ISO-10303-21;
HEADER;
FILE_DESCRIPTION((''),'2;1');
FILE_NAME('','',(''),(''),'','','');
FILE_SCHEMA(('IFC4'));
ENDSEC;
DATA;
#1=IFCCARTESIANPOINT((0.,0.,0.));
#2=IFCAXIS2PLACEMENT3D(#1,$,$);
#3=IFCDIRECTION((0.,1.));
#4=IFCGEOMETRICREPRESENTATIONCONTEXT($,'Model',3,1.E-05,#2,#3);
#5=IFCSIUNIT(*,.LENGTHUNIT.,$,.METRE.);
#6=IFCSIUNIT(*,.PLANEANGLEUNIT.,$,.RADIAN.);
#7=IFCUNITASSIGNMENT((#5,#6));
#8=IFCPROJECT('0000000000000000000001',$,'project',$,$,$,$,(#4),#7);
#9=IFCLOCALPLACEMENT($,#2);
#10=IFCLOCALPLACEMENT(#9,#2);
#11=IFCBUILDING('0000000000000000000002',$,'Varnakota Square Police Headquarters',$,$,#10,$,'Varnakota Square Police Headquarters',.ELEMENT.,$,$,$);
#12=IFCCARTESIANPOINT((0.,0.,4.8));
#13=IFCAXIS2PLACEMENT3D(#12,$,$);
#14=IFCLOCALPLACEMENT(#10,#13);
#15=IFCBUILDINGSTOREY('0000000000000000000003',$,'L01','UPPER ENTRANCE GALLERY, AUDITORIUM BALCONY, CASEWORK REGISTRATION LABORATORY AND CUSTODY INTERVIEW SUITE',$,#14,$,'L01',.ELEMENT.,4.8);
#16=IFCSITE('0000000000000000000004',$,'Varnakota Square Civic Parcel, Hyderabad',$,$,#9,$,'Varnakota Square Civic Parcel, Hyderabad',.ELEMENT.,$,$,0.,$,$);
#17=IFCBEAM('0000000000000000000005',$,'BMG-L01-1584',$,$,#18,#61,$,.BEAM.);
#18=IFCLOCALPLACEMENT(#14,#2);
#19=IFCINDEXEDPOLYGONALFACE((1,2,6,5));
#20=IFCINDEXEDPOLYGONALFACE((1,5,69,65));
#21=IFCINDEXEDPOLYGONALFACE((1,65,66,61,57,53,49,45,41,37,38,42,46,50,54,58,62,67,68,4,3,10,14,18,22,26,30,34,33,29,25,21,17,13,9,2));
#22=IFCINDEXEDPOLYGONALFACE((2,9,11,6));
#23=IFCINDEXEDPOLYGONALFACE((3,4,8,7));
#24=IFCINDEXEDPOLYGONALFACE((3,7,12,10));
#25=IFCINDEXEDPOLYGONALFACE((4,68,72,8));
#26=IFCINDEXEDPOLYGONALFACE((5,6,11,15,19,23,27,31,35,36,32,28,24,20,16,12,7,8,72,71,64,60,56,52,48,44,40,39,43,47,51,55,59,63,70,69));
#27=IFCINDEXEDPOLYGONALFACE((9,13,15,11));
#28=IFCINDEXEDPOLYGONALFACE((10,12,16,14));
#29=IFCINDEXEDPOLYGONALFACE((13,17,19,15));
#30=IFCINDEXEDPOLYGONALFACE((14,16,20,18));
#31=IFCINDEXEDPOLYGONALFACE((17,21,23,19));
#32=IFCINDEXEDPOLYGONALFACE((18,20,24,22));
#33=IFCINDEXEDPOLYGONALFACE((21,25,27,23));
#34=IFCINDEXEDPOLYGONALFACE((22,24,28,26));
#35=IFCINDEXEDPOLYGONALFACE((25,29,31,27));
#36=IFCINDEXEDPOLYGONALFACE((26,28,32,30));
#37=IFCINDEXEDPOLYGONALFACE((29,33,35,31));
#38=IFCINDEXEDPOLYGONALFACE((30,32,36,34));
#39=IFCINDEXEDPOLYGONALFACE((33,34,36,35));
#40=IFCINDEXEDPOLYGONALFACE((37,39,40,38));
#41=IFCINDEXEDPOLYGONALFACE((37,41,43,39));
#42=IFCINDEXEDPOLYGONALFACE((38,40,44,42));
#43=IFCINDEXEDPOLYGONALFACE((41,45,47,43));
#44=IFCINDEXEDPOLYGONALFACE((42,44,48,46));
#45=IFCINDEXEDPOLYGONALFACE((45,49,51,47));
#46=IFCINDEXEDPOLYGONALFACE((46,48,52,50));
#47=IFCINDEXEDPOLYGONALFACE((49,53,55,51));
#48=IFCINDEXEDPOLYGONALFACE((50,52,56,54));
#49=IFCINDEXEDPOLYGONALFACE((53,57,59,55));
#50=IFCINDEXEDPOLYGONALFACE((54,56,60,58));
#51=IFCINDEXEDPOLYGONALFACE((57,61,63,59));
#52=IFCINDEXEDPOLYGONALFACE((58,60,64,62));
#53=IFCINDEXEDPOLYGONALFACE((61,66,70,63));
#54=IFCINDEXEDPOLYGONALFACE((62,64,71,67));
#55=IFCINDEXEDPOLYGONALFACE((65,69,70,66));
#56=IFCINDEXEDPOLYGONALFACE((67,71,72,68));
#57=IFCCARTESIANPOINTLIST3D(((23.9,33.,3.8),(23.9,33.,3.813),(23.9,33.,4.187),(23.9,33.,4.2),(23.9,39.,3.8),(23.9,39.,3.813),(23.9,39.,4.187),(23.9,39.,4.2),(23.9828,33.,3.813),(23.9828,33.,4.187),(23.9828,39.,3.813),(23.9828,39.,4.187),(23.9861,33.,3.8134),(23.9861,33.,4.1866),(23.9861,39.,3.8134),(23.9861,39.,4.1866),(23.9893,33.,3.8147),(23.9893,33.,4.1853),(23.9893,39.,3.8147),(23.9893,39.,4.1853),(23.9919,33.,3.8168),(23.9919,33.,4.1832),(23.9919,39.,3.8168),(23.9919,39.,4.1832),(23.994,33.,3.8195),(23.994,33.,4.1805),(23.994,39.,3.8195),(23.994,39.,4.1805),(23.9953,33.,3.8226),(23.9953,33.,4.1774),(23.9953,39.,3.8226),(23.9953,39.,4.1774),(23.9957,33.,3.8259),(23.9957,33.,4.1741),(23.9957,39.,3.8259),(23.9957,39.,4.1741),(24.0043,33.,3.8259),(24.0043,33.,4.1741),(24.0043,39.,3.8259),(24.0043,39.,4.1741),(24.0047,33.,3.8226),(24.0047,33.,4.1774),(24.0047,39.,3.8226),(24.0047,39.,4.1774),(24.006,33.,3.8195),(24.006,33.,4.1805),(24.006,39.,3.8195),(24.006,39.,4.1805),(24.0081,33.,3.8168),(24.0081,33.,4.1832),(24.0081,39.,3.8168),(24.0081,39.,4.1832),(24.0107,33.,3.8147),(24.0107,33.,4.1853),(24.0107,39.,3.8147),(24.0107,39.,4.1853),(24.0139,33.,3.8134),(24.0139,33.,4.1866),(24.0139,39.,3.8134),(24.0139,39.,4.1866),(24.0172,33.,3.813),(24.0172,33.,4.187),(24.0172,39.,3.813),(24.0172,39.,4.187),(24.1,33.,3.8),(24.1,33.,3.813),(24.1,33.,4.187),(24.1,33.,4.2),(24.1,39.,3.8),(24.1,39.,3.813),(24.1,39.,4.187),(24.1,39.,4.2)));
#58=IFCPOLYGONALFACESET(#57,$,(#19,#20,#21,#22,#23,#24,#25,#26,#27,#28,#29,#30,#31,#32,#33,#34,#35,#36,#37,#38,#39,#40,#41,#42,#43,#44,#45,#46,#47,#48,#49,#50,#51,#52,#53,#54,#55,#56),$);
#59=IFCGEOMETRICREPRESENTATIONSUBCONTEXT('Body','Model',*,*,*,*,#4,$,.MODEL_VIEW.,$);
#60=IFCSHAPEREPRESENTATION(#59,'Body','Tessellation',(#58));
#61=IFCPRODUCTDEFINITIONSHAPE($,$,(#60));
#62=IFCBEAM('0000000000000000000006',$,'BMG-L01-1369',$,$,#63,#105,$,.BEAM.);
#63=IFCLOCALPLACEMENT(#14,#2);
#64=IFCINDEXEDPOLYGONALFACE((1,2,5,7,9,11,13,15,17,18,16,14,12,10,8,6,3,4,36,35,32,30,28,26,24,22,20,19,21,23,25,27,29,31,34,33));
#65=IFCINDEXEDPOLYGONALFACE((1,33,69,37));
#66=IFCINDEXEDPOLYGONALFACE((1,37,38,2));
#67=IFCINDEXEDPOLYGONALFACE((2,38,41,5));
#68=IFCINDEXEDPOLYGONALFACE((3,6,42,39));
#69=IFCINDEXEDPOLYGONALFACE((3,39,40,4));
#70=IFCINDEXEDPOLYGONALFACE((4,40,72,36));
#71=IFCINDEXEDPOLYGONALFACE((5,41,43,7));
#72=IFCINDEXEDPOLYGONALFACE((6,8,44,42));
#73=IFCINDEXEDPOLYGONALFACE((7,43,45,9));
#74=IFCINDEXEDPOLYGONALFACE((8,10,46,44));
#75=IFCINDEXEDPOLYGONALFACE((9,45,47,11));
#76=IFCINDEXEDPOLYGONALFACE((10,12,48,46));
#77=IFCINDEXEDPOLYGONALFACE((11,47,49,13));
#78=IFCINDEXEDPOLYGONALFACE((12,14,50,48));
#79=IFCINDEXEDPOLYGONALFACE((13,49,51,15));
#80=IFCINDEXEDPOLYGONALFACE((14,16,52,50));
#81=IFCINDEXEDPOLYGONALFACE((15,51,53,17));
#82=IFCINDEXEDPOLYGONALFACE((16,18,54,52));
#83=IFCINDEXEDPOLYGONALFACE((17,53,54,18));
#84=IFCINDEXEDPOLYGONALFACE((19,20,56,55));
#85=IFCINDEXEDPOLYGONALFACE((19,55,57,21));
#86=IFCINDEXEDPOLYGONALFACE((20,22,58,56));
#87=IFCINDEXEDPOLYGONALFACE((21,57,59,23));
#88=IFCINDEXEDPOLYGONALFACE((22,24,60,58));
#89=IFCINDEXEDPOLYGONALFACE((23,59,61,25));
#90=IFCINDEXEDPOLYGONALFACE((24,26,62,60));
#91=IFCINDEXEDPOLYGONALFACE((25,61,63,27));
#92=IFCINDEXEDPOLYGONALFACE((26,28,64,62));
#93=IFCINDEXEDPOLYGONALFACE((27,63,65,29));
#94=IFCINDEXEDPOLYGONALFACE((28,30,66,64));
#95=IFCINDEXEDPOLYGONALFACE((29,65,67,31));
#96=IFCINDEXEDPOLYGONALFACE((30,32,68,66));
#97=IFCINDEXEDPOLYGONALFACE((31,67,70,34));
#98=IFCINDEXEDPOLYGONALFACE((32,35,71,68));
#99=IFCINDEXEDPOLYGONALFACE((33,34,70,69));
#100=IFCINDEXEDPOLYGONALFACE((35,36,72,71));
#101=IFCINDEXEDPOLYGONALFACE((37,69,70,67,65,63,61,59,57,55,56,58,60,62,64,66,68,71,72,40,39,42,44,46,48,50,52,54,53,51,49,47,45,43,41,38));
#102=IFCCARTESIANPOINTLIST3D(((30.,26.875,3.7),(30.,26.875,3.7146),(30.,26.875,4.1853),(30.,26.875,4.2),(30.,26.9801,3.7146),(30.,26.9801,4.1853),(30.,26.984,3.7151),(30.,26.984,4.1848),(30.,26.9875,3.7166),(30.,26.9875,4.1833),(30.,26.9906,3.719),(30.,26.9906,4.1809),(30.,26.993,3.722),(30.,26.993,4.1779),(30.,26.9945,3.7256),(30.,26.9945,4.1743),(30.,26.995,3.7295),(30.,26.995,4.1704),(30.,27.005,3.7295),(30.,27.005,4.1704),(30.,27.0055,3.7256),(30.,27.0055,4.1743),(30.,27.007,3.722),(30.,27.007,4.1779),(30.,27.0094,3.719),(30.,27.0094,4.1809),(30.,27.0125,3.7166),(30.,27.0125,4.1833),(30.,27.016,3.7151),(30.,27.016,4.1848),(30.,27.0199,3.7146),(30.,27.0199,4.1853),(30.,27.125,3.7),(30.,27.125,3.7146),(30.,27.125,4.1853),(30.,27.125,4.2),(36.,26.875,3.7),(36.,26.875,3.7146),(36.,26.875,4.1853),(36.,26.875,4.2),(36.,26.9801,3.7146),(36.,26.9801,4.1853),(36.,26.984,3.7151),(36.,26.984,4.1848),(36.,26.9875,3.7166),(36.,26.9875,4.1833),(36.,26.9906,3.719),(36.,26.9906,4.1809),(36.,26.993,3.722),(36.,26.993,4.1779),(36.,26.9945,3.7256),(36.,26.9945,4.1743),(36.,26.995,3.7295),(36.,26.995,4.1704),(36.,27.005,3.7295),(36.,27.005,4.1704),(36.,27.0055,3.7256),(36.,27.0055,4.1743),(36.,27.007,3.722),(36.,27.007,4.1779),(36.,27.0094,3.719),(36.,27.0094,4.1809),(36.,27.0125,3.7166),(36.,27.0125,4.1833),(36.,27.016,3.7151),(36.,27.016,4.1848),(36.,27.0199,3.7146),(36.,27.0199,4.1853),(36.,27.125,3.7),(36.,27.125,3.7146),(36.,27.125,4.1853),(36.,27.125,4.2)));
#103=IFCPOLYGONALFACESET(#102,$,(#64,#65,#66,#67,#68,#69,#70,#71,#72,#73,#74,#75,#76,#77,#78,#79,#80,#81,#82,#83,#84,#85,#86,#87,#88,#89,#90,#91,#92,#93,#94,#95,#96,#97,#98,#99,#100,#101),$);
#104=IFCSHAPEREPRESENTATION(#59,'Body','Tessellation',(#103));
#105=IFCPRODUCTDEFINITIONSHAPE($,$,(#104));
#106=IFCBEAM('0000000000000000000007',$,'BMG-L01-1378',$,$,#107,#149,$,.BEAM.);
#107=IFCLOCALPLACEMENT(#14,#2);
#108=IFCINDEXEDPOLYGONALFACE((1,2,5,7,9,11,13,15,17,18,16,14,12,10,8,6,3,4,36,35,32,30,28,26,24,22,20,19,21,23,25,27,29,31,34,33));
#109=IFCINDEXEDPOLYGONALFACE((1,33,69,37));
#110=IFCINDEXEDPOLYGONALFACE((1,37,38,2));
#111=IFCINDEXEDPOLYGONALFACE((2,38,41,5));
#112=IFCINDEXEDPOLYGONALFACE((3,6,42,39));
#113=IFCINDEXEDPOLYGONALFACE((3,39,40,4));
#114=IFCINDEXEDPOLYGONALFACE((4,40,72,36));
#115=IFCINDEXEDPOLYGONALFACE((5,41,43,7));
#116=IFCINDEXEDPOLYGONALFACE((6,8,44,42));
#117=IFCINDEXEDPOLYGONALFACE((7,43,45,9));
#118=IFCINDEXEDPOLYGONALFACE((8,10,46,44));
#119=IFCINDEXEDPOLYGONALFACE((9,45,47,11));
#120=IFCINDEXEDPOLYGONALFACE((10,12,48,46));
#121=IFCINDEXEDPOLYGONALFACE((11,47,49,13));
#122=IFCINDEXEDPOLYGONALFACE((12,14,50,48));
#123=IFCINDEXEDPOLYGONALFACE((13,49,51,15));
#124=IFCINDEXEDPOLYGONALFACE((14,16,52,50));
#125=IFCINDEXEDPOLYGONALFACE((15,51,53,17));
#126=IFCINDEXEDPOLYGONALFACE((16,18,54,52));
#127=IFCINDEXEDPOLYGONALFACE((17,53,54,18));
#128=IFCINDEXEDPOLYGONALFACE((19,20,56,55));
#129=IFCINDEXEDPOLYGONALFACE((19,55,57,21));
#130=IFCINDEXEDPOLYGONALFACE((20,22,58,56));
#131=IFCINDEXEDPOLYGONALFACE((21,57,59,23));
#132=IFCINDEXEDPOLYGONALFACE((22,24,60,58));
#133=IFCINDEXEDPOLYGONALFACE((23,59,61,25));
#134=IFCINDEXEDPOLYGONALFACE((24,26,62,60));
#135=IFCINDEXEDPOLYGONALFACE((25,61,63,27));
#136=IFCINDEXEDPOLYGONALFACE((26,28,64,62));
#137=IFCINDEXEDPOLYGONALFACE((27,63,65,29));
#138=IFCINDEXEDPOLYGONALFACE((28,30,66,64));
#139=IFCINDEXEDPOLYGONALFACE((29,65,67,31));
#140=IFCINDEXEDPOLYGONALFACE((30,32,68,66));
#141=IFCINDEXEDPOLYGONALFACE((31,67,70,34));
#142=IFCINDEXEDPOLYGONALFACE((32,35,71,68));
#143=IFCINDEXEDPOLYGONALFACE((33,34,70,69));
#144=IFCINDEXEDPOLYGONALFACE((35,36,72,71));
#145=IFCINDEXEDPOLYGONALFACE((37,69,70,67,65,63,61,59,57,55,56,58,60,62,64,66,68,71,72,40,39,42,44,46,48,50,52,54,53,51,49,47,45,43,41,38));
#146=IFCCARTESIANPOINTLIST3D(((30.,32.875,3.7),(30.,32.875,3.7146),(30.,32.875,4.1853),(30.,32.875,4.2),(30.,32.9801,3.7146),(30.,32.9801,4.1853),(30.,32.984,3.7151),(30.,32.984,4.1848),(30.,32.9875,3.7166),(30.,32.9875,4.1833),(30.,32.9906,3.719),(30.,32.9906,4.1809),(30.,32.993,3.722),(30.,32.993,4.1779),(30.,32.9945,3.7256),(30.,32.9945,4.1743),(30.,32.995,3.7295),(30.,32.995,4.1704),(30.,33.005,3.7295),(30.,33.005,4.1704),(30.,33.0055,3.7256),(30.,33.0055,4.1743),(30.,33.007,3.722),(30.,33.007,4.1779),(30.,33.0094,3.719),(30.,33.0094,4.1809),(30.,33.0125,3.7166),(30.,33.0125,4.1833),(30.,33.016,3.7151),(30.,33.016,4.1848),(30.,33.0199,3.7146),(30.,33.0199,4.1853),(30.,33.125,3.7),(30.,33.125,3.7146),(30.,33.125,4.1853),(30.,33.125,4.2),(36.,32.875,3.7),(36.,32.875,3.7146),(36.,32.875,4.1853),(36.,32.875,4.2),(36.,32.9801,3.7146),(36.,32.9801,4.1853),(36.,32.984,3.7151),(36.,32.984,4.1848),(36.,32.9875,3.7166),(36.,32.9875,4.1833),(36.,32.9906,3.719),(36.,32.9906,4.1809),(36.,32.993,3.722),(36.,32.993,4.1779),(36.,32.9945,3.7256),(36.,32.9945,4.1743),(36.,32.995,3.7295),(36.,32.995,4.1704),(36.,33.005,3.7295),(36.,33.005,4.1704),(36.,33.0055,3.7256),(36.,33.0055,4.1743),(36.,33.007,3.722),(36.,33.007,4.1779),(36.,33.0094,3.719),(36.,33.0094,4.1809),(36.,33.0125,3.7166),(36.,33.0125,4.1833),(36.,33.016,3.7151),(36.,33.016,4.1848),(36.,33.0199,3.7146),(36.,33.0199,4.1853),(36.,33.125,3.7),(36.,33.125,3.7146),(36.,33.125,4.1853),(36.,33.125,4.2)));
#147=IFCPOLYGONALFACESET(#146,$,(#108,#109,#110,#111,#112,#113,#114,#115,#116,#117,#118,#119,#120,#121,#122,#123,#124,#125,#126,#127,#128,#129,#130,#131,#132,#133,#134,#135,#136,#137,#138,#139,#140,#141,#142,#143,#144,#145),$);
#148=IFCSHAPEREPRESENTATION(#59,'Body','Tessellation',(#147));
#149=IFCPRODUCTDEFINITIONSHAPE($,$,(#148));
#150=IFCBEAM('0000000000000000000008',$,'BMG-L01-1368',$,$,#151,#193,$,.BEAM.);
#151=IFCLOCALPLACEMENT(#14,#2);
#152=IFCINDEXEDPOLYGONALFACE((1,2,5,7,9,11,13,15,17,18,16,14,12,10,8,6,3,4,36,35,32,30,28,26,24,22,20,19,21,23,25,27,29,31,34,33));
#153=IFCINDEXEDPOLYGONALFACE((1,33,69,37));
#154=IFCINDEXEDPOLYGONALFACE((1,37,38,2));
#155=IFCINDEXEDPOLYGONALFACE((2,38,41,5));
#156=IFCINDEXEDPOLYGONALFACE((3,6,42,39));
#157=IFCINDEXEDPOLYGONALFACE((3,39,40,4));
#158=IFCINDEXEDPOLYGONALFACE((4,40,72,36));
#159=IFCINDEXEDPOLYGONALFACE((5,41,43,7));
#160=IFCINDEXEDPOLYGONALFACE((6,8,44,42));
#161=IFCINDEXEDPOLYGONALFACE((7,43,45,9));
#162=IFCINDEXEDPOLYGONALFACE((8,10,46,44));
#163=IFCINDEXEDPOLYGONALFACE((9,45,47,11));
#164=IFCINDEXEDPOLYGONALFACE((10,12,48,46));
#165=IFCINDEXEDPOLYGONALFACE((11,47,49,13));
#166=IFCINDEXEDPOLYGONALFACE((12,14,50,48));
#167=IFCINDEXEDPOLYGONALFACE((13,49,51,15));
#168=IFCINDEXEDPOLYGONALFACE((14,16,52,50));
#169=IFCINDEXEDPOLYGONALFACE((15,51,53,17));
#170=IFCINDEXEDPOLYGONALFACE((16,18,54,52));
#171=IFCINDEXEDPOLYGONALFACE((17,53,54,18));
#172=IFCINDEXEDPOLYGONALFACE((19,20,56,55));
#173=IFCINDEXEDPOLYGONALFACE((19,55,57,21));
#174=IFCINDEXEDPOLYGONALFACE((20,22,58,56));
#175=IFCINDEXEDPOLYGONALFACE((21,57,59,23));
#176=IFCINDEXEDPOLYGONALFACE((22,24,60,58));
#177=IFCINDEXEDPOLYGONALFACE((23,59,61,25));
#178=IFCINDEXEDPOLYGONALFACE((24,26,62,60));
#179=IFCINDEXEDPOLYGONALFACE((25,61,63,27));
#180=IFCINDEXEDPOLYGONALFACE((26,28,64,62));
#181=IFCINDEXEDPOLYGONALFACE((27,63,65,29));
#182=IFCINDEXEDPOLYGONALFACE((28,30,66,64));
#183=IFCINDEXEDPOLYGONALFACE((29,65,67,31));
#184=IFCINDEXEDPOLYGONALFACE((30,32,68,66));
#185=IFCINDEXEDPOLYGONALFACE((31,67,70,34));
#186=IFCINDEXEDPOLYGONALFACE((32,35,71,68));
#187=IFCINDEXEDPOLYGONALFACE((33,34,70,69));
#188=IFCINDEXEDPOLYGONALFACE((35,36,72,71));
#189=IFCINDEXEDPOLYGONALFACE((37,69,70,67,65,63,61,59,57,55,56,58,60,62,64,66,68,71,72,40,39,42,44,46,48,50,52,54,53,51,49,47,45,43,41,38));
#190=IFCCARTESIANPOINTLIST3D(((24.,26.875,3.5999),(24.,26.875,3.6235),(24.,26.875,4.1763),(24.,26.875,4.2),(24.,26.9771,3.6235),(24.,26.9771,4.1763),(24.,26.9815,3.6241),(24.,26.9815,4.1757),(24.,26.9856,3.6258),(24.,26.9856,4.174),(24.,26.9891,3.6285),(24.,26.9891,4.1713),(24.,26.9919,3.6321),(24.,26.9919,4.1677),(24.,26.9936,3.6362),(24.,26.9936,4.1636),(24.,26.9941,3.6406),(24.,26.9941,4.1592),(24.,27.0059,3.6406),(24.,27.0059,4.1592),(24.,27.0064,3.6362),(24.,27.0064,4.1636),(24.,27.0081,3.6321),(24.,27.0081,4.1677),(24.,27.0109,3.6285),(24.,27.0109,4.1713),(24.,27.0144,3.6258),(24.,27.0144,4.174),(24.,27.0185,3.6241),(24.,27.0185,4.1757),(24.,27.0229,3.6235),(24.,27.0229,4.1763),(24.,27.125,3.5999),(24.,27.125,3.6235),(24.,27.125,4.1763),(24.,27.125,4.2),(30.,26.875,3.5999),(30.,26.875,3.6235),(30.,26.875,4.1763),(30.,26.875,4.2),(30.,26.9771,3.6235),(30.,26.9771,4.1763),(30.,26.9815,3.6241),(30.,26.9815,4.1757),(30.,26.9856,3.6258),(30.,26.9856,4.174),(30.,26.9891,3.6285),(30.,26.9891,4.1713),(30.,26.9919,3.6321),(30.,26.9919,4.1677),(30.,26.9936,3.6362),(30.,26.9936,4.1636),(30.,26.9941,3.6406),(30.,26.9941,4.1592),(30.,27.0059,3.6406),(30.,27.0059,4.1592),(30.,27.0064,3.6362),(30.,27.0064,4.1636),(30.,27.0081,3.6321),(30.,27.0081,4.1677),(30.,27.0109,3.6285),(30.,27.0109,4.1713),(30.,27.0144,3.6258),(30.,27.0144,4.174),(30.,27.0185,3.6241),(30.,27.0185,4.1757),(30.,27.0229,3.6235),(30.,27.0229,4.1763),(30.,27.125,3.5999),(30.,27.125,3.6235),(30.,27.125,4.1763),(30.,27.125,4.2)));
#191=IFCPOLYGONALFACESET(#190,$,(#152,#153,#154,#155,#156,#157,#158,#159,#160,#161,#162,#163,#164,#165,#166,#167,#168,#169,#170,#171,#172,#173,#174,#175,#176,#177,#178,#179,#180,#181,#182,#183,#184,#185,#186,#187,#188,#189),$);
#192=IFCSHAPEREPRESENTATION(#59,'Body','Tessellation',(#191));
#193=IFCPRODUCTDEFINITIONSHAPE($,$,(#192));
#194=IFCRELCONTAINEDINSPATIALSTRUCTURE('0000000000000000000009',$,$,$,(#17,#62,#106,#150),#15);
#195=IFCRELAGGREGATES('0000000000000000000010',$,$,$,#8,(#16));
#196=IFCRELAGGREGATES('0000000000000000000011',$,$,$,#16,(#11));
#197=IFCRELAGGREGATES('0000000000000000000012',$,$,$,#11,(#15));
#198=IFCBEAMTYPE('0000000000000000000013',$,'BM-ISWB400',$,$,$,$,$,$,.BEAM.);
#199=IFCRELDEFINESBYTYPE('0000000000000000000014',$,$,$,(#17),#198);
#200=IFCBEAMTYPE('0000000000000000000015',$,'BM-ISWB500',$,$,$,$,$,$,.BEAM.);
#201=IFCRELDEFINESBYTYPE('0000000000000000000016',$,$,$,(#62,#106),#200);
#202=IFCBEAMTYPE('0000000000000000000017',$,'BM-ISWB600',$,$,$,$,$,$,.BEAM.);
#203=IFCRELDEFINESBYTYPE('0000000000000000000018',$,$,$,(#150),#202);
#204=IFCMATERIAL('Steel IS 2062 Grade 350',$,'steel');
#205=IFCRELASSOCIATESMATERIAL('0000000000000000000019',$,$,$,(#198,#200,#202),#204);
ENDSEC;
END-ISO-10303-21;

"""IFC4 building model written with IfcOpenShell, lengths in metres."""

from ifc_helpers import new_model, si_unit, direction, frame, origin, origin_2d, place, context, subcontext, project, spatial, i_section, extrude, material, material_profile, profile_set, type_object, element, save


model = new_model("IFC4")

# Units and contexts
model_context = context("Model", 3, precision=1e-05, world=origin(), true_north=direction((0.0, 1.0)))
body_context = subcontext(model_context, "Body", "Model", "MODEL_VIEW")
ifc_project = project(units=[si_unit("LENGTHUNIT", "METRE"), si_unit("PLANEANGLEUNIT", "RADIAN")], contexts=[model_context])

# Site, building, storey
site_placement = place(None, origin())
site = spatial("IfcSite", under=ifc_project, at=site_placement, Name="Varnakota Square Civic Parcel, Hyderabad", LongName="Varnakota Square Civic Parcel, Hyderabad", CompositionType="ELEMENT", RefElevation=0.0)
building_placement = place(site_placement, origin())
building = spatial("IfcBuilding", under=site, at=building_placement, Name="Varnakota Square Police Headquarters", LongName="Varnakota Square Police Headquarters", CompositionType="ELEMENT")
storey_placement = place(building_placement, frame((0.0, 0.0, 4.8)))
storey = spatial("IfcBuildingStorey", under=building, at=storey_placement, Name="L01", Description="UPPER ENTRANCE GALLERY, AUDITORIUM BALCONY, CASEWORK REGISTRATION LABORATORY AND CUSTODY INTERVIEW SUITE", LongName="L01", CompositionType="ELEMENT", Elevation=4.8)

# Shared definitions
ifc_material_1 = material(Name="Steel IS 2062 Grade 350", Category="steel")

# Beams
ifc_material_profile_1 = material_profile(ifc_material_1, i_section(OverallWidth=0.2, OverallDepth=0.3999, WebThickness=0.0085, FlangeThickness=0.0129, FilletRadius=0.0129, at=origin_2d()), Name="ISWB 400")
ifc_profile_set_1 = profile_set([ifc_material_profile_1], Name="Steel IS 2062 Grade 350")
beam_type_1 = type_object("IfcBeamType", Name="BM-ISWB400", PredefinedType="BEAM", material=ifc_profile_set_1)
for number, where, z_axis, x_axis, name in (
    (1, (24.0, 33.0, 4.0), (0.0, 1.0, 0.0), (-1.0, 0.0, 0.0), "BMG-L01-1584"),
):
    element("IfcBeam", number, at=place(storey_placement, frame(where, z_axis=z_axis, x_axis=x_axis)), inside=storey, type_object=beam_type_1, Name=name, PredefinedType="BEAM", context=body_context, shape_type="SweptSolid", body=[
        extrude(i_section(OverallWidth=0.2, OverallDepth=0.3999, WebThickness=0.0085, FlangeThickness=0.0129, FilletRadius=0.0129, at=origin_2d()), origin(), (0.0, 0.0, 1.0), 6.0),
    ])
ifc_material_profile_2 = material_profile(ifc_material_1, i_section(OverallWidth=0.25, OverallDepth=0.5, WebThickness=0.01, FlangeThickness=0.0146, FilletRadius=0.0149, at=origin_2d()), Name="ISWB 500")
ifc_profile_set_2 = profile_set([ifc_material_profile_2], Name="Steel IS 2062 Grade 350")
beam_type_2 = type_object("IfcBeamType", Name="BM-ISWB500", PredefinedType="BEAM", material=ifc_profile_set_2)
for number, where, z_axis, x_axis, name in (
    (2, (30.0, 27.0, 3.95), (1.0, 0.0, 0.0), (0.0, 1.0, 0.0), "BMG-L01-1369"),
    (3, (30.0, 33.0, 3.95), (1.0, 0.0, 0.0), (0.0, 1.0, 0.0), "BMG-L01-1378"),
):
    element("IfcBeam", number, at=place(storey_placement, frame(where, z_axis=z_axis, x_axis=x_axis)), inside=storey, type_object=beam_type_2, Name=name, PredefinedType="BEAM", context=body_context, shape_type="SweptSolid", body=[
        extrude(i_section(OverallWidth=0.25, OverallDepth=0.5, WebThickness=0.01, FlangeThickness=0.0146, FilletRadius=0.0149, at=origin_2d()), origin(), (0.0, 0.0, 1.0), 6.0),
    ])
ifc_material_profile_3 = material_profile(ifc_material_1, i_section(OverallWidth=0.25, OverallDepth=0.6001, WebThickness=0.0117, FlangeThickness=0.0237, FilletRadius=0.0171, at=origin_2d()), Name="ISWB 600")
ifc_profile_set_3 = profile_set([ifc_material_profile_3], Name="Steel IS 2062 Grade 350")
beam_type_3 = type_object("IfcBeamType", Name="BM-ISWB600", PredefinedType="BEAM", material=ifc_profile_set_3)
for number, where, z_axis, x_axis, name in (
    (4, (24.0, 27.0, 3.8999), (1.0, 0.0, 0.0), (0.0, 1.0, 0.0), "BMG-L01-1368"),
):
    element("IfcBeam", number, at=place(storey_placement, frame(where, z_axis=z_axis, x_axis=x_axis)), inside=storey, type_object=beam_type_3, Name=name, PredefinedType="BEAM", context=body_context, shape_type="SweptSolid", body=[
        extrude(i_section(OverallWidth=0.25, OverallDepth=0.6001, WebThickness=0.0117, FlangeThickness=0.0237, FilletRadius=0.0171, at=origin_2d()), origin(), (0.0, 0.0, 1.0), 6.0),
    ])

save(model, "model.ifc")
